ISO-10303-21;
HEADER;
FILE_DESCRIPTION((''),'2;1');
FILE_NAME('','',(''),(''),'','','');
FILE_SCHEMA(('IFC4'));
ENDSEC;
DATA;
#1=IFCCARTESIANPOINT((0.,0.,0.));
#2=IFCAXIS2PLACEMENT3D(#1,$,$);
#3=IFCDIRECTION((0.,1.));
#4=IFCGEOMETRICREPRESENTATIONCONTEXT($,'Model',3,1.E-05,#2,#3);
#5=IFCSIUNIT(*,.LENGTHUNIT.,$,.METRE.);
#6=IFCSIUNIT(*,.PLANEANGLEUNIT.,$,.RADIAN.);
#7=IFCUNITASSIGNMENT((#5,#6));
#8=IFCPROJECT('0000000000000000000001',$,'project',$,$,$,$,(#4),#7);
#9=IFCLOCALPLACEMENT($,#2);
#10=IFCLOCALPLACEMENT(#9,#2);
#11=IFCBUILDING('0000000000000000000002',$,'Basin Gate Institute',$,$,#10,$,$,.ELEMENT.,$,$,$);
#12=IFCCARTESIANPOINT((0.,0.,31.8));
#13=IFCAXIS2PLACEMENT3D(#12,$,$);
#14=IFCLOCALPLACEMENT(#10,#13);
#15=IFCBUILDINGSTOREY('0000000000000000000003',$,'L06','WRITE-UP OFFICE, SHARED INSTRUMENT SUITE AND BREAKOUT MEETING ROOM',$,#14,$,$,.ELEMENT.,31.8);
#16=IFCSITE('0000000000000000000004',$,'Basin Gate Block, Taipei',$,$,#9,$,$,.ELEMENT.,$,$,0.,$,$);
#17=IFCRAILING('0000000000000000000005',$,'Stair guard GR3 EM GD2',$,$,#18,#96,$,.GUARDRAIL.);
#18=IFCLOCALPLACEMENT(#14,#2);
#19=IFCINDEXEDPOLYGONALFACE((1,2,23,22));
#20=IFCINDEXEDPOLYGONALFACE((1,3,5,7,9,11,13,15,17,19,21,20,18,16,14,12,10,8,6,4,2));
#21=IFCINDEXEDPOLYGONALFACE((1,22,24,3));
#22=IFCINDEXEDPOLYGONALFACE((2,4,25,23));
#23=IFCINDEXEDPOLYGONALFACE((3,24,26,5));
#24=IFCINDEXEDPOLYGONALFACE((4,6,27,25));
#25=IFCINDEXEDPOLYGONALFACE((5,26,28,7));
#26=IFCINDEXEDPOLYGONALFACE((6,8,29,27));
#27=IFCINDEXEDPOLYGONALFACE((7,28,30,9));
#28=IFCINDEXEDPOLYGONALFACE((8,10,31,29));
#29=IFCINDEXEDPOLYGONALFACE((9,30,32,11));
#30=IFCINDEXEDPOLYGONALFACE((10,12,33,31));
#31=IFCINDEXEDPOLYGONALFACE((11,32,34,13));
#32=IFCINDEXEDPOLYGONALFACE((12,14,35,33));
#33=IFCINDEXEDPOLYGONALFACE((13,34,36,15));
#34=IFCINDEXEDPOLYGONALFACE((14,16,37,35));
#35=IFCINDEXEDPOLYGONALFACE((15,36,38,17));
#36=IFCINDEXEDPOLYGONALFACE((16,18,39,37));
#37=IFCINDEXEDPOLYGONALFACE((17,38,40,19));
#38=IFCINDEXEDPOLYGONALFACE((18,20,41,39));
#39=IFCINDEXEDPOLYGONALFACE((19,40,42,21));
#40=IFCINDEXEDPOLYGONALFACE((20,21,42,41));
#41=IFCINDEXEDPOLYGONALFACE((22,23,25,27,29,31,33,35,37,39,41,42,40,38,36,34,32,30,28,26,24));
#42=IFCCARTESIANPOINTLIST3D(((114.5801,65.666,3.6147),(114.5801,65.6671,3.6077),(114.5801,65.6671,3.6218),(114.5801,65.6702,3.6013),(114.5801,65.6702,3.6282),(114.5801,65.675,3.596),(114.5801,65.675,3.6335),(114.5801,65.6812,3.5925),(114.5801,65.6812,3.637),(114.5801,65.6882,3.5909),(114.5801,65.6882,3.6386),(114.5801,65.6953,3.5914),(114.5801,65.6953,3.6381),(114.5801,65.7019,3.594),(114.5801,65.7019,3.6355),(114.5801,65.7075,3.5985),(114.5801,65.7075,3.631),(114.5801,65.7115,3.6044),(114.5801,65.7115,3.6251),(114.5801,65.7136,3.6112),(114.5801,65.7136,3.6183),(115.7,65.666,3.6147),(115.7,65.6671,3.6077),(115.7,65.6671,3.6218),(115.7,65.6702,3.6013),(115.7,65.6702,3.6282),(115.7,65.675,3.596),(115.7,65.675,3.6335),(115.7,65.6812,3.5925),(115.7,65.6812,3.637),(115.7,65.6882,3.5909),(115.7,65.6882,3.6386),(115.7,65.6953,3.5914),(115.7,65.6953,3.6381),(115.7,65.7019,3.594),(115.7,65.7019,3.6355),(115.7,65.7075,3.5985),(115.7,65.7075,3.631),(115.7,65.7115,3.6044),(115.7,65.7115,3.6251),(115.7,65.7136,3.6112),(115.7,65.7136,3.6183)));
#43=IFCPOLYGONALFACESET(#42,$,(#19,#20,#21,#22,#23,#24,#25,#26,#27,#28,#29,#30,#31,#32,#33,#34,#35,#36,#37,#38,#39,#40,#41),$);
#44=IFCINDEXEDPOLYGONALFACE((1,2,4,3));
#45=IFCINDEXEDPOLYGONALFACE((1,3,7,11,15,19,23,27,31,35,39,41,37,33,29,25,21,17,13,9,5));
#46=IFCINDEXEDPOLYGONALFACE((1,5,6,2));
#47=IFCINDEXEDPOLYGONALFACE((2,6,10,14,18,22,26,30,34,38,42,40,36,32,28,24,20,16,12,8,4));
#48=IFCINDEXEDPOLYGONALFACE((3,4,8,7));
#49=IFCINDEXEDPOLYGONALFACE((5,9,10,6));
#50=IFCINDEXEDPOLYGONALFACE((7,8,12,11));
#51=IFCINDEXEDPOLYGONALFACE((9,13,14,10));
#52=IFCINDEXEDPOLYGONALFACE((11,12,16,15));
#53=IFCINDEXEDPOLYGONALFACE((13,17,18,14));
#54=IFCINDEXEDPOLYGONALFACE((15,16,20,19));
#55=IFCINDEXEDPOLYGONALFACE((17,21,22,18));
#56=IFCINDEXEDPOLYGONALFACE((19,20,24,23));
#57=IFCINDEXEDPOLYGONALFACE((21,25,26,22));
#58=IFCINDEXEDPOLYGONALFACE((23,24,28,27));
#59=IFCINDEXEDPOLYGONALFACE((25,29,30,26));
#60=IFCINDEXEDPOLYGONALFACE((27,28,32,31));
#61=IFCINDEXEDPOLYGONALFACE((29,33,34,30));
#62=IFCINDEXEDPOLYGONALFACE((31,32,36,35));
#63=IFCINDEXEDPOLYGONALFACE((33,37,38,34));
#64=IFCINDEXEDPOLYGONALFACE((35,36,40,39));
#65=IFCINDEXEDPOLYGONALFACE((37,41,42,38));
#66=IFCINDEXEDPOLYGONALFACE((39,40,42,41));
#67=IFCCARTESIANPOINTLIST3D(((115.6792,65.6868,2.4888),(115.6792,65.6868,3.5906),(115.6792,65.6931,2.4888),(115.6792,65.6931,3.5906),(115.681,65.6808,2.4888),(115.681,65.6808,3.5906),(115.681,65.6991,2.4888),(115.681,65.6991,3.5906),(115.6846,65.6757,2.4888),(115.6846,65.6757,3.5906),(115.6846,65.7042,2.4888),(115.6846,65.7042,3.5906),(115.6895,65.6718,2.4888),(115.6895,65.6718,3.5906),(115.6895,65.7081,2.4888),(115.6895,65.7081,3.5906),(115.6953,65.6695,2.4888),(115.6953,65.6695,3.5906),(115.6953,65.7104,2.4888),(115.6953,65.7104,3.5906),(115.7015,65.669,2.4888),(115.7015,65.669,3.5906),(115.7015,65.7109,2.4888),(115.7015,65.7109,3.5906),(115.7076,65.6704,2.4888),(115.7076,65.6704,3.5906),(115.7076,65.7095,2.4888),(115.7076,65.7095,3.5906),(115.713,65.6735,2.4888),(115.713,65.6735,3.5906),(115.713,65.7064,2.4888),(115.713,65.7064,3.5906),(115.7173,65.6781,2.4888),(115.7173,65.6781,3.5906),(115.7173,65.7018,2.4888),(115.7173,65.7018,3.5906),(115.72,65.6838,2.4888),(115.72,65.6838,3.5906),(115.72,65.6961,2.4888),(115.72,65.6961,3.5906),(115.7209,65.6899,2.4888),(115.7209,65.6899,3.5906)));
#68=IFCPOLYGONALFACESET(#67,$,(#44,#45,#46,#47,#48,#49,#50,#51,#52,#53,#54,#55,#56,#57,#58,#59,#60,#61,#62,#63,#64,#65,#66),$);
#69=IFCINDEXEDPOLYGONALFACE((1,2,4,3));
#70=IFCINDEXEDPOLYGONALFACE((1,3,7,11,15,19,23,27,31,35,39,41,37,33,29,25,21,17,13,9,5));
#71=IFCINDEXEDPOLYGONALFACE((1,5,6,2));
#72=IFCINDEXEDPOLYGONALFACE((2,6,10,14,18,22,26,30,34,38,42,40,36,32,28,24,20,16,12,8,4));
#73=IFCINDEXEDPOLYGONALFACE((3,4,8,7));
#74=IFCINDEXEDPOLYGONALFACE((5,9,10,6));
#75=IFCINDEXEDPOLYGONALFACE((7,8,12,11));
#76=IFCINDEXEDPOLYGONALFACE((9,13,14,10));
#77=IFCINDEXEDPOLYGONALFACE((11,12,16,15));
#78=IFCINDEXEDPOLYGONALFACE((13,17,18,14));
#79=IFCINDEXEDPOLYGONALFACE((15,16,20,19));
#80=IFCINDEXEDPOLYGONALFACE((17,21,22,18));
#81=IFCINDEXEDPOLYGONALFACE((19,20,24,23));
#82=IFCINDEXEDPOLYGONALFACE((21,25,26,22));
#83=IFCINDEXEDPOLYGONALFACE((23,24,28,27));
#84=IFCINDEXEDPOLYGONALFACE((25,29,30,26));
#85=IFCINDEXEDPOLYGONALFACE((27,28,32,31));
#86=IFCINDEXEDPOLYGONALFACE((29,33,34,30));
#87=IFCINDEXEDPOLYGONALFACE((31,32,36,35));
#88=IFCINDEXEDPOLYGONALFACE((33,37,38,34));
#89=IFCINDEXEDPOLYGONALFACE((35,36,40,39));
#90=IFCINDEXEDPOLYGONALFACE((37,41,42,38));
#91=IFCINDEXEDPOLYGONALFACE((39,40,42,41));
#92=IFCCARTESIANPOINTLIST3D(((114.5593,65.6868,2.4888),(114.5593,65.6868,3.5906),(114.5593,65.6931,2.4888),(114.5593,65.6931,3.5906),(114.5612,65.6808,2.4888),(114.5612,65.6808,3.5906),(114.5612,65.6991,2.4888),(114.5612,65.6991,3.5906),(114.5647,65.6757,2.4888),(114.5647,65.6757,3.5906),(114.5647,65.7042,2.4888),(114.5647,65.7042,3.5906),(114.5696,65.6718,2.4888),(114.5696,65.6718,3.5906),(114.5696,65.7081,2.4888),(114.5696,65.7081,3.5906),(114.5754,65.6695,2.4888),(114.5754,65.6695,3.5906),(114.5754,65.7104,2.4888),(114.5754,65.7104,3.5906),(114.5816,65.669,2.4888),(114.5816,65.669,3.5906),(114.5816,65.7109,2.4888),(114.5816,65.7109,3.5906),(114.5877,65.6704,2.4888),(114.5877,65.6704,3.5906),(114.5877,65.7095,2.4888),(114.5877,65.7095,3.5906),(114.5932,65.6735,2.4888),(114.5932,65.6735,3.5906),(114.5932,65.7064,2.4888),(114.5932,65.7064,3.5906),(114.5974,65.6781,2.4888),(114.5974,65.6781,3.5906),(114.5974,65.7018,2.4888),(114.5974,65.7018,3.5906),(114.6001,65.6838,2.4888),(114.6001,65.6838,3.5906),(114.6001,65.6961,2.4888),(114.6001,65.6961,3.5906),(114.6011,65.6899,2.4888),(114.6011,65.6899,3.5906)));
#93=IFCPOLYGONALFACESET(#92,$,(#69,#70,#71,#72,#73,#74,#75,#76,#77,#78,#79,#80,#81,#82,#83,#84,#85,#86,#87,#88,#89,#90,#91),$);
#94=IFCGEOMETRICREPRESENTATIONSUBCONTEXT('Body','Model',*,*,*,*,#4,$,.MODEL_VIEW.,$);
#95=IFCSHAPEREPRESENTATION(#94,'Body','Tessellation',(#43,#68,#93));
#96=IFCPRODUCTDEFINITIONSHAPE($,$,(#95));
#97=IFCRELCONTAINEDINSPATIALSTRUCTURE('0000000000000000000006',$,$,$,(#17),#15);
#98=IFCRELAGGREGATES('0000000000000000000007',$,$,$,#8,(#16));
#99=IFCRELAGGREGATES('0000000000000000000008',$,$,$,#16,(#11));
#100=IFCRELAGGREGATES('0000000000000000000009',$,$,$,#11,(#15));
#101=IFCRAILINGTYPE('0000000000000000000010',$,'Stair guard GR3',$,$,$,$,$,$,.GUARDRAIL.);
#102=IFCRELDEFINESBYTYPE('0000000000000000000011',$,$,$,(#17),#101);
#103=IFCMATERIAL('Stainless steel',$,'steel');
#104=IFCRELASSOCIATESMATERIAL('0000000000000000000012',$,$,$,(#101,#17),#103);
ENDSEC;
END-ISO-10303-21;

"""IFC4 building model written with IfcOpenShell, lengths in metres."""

from ifc_helpers import new_model, si_unit, direction, frame, origin, origin_2d, place, context, subcontext, project, spatial, circle, extrude, material, type_object, element, save


model = new_model("IFC4")

# Units and contexts
model_context = context("Model", 3, precision=1e-05, world=origin(), true_north=direction((0.0, 1.0)))
body_context = subcontext(model_context, "Body", "Model", "MODEL_VIEW")
ifc_project = project(units=[si_unit("LENGTHUNIT", "METRE"), si_unit("PLANEANGLEUNIT", "RADIAN")], contexts=[model_context])

# Site, building, storey
site_placement = place(None, origin())
site = spatial("IfcSite", under=ifc_project, at=site_placement, Name="Basin Gate Block, Taipei", CompositionType="ELEMENT", RefElevation=0.0)
building_placement = place(site_placement, origin())
building = spatial("IfcBuilding", under=site, at=building_placement, Name="Basin Gate Institute", CompositionType="ELEMENT")
storey_placement = place(building_placement, frame((0.0, 0.0, 31.8)))
storey = spatial("IfcBuildingStorey", under=building, at=storey_placement, Name="L06", Description="WRITE-UP OFFICE, SHARED INSTRUMENT SUITE AND BREAKOUT MEETING ROOM", CompositionType="ELEMENT", Elevation=31.8)

# Railing
ifc_material_1 = material(Name="Stainless steel", Category="steel")
railing_type_1 = type_object("IfcRailingType", Name="Stair guard GR3", PredefinedType="GUARDRAIL", material=ifc_material_1)
railing_1_placement = place(storey_placement, frame((115.7, 65.6899, 2.4888)))
element("IfcRailing", 1, at=railing_1_placement, inside=storey, type_object=railing_type_1, material=ifc_material_1, Name="Stair guard GR3 EM GD2", PredefinedType="GUARDRAIL", context=body_context, shape_type="SweptSolid", body=[
    extrude(circle(Radius=0.0239, at=origin_2d()), frame((0.0, 0.0, 1.126), z_axis=(-1.0, 0.0, 0.0), x_axis=(0.0, -1.0, 0.0)), (0.0, 0.0, 1.0), 1.1199),
    extrude(circle(Radius=0.021, at=origin_2d()), origin(), (0.0, 0.0, 1.0), 1.1018),
    extrude(circle(Radius=0.021, at=origin_2d()), frame((-1.1199, 0.0, 0.0)), (0.0, 0.0, 1.0), 1.1018),
])

save(model, "model.ifc")
